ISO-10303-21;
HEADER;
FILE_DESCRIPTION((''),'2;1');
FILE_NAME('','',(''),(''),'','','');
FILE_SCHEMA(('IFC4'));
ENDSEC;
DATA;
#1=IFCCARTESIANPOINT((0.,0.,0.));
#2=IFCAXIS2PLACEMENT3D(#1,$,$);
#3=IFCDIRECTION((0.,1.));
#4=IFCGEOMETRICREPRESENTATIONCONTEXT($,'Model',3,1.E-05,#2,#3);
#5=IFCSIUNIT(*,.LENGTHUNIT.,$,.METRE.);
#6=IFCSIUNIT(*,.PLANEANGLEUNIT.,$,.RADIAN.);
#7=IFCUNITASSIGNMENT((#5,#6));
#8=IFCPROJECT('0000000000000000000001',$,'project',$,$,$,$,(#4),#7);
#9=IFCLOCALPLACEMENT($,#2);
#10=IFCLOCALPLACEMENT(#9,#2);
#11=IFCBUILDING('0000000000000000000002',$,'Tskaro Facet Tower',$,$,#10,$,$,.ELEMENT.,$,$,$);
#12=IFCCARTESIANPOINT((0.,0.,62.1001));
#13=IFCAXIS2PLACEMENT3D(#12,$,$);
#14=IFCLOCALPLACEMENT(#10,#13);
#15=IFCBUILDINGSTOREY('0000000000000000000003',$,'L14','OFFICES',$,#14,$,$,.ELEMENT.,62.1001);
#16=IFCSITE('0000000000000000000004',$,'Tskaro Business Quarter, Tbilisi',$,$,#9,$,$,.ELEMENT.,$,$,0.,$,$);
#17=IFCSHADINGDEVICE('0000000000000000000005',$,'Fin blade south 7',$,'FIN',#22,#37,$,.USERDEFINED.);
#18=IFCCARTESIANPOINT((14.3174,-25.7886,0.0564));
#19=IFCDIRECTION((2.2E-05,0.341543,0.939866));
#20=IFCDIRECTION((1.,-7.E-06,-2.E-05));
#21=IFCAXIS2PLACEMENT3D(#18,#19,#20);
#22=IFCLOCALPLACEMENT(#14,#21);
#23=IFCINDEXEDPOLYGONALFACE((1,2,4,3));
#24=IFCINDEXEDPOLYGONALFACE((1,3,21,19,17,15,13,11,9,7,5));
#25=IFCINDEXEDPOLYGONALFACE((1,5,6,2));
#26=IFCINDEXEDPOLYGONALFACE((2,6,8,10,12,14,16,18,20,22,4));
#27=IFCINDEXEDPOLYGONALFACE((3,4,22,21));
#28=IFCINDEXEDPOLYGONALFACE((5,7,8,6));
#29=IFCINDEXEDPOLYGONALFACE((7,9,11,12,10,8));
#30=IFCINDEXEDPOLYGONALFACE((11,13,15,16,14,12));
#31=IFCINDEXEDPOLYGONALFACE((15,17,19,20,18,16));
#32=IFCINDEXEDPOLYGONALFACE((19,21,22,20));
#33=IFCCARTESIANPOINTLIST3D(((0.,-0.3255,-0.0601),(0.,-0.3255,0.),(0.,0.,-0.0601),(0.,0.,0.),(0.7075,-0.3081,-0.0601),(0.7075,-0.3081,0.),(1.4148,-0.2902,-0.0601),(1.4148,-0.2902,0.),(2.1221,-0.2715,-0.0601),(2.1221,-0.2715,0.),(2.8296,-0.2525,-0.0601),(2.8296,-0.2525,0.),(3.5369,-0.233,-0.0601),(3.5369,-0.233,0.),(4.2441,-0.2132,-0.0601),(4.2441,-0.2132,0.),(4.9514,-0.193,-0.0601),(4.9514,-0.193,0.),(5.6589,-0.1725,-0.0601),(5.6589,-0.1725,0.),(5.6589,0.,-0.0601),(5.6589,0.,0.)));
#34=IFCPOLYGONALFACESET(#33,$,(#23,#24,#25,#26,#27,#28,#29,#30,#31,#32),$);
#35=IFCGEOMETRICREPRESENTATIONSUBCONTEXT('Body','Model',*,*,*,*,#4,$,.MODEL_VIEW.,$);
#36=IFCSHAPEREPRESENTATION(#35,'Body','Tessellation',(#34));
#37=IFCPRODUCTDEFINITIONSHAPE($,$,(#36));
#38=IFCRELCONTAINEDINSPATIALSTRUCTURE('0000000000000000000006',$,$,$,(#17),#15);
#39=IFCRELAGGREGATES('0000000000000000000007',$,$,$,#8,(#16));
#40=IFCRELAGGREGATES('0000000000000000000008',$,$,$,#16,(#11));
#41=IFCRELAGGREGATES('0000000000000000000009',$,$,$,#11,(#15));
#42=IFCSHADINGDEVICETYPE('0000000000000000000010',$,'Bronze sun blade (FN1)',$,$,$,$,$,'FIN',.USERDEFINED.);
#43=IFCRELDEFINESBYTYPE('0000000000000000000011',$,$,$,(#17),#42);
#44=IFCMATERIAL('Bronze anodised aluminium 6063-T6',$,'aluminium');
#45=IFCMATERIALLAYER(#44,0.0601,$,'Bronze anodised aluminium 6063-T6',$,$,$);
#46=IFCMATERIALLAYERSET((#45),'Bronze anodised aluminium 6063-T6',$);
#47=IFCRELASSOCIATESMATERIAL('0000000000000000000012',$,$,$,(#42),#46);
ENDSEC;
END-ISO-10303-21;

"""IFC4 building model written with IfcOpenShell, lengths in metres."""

from ifc_helpers import new_model, si_unit, direction, frame, origin, place, context, subcontext, project, spatial, polyline, outline, extrude, material, layer, layer_set, type_object, element, save


model = new_model("IFC4")

# Units and contexts
model_context = context("Model", 3, precision=1e-05, world=origin(), true_north=direction((0.0, 1.0)))
body_context = subcontext(model_context, "Body", "Model", "MODEL_VIEW")
ifc_project = project(units=[si_unit("LENGTHUNIT", "METRE"), si_unit("PLANEANGLEUNIT", "RADIAN")], contexts=[model_context])

# Site, building, storey
site_placement = place(None, origin())
site = spatial("IfcSite", under=ifc_project, at=site_placement, Name="Tskaro Business Quarter, Tbilisi", CompositionType="ELEMENT", RefElevation=0.0)
building_placement = place(site_placement, origin())
building = spatial("IfcBuilding", under=site, at=building_placement, Name="Tskaro Facet Tower", CompositionType="ELEMENT")
storey_placement = place(building_placement, frame((0.0, 0.0, 62.1001)))
storey = spatial("IfcBuildingStorey", under=building, at=storey_placement, Name="L14", Description="OFFICES", CompositionType="ELEMENT", Elevation=62.1001)

# Shared definitions
ifc_material_1 = material(Name="Bronze anodised aluminium 6063-T6", Category="aluminium")

# Shading device
ifc_layer_1 = layer(ifc_material_1, 0.0601, Name="Bronze anodised aluminium 6063-T6")
ifc_layer_set_1 = layer_set([ifc_layer_1], Name="Bronze anodised aluminium 6063-T6")
shading_device_type = type_object("IfcShadingDeviceType", Name="Bronze sun blade (FN1)", ElementType="FIN", PredefinedType="USERDEFINED", material=ifc_layer_set_1)
shading_device_1_placement = place(storey_placement, frame((14.3174, -25.7886, 0.0564), z_axis=(0.000022, 0.341543, 0.939866), x_axis=(1.0, -0.000007, -0.00002)))
element("IfcShadingDevice", 1, at=shading_device_1_placement, inside=storey, type_object=shading_device_type, Name="Fin blade south 7", ObjectType="FIN", PredefinedType="USERDEFINED", context=body_context, shape_type="SweptSolid", body=[
    extrude(outline(polyline([(0.0, 0.0), (5.6589, 0.0), (5.6589, -0.1725), (4.9514, -0.193), (4.2441, -0.2132), (3.5369, -0.233), (2.8296, -0.2525), (2.1221, -0.2715), (1.4148, -0.2902), (0.7075, -0.3081), (0.0, -0.3255), (0.0, 0.0)])), origin(), (0.0, 0.0, -1.0), 0.0601),
])

save(model, "model.ifc")
